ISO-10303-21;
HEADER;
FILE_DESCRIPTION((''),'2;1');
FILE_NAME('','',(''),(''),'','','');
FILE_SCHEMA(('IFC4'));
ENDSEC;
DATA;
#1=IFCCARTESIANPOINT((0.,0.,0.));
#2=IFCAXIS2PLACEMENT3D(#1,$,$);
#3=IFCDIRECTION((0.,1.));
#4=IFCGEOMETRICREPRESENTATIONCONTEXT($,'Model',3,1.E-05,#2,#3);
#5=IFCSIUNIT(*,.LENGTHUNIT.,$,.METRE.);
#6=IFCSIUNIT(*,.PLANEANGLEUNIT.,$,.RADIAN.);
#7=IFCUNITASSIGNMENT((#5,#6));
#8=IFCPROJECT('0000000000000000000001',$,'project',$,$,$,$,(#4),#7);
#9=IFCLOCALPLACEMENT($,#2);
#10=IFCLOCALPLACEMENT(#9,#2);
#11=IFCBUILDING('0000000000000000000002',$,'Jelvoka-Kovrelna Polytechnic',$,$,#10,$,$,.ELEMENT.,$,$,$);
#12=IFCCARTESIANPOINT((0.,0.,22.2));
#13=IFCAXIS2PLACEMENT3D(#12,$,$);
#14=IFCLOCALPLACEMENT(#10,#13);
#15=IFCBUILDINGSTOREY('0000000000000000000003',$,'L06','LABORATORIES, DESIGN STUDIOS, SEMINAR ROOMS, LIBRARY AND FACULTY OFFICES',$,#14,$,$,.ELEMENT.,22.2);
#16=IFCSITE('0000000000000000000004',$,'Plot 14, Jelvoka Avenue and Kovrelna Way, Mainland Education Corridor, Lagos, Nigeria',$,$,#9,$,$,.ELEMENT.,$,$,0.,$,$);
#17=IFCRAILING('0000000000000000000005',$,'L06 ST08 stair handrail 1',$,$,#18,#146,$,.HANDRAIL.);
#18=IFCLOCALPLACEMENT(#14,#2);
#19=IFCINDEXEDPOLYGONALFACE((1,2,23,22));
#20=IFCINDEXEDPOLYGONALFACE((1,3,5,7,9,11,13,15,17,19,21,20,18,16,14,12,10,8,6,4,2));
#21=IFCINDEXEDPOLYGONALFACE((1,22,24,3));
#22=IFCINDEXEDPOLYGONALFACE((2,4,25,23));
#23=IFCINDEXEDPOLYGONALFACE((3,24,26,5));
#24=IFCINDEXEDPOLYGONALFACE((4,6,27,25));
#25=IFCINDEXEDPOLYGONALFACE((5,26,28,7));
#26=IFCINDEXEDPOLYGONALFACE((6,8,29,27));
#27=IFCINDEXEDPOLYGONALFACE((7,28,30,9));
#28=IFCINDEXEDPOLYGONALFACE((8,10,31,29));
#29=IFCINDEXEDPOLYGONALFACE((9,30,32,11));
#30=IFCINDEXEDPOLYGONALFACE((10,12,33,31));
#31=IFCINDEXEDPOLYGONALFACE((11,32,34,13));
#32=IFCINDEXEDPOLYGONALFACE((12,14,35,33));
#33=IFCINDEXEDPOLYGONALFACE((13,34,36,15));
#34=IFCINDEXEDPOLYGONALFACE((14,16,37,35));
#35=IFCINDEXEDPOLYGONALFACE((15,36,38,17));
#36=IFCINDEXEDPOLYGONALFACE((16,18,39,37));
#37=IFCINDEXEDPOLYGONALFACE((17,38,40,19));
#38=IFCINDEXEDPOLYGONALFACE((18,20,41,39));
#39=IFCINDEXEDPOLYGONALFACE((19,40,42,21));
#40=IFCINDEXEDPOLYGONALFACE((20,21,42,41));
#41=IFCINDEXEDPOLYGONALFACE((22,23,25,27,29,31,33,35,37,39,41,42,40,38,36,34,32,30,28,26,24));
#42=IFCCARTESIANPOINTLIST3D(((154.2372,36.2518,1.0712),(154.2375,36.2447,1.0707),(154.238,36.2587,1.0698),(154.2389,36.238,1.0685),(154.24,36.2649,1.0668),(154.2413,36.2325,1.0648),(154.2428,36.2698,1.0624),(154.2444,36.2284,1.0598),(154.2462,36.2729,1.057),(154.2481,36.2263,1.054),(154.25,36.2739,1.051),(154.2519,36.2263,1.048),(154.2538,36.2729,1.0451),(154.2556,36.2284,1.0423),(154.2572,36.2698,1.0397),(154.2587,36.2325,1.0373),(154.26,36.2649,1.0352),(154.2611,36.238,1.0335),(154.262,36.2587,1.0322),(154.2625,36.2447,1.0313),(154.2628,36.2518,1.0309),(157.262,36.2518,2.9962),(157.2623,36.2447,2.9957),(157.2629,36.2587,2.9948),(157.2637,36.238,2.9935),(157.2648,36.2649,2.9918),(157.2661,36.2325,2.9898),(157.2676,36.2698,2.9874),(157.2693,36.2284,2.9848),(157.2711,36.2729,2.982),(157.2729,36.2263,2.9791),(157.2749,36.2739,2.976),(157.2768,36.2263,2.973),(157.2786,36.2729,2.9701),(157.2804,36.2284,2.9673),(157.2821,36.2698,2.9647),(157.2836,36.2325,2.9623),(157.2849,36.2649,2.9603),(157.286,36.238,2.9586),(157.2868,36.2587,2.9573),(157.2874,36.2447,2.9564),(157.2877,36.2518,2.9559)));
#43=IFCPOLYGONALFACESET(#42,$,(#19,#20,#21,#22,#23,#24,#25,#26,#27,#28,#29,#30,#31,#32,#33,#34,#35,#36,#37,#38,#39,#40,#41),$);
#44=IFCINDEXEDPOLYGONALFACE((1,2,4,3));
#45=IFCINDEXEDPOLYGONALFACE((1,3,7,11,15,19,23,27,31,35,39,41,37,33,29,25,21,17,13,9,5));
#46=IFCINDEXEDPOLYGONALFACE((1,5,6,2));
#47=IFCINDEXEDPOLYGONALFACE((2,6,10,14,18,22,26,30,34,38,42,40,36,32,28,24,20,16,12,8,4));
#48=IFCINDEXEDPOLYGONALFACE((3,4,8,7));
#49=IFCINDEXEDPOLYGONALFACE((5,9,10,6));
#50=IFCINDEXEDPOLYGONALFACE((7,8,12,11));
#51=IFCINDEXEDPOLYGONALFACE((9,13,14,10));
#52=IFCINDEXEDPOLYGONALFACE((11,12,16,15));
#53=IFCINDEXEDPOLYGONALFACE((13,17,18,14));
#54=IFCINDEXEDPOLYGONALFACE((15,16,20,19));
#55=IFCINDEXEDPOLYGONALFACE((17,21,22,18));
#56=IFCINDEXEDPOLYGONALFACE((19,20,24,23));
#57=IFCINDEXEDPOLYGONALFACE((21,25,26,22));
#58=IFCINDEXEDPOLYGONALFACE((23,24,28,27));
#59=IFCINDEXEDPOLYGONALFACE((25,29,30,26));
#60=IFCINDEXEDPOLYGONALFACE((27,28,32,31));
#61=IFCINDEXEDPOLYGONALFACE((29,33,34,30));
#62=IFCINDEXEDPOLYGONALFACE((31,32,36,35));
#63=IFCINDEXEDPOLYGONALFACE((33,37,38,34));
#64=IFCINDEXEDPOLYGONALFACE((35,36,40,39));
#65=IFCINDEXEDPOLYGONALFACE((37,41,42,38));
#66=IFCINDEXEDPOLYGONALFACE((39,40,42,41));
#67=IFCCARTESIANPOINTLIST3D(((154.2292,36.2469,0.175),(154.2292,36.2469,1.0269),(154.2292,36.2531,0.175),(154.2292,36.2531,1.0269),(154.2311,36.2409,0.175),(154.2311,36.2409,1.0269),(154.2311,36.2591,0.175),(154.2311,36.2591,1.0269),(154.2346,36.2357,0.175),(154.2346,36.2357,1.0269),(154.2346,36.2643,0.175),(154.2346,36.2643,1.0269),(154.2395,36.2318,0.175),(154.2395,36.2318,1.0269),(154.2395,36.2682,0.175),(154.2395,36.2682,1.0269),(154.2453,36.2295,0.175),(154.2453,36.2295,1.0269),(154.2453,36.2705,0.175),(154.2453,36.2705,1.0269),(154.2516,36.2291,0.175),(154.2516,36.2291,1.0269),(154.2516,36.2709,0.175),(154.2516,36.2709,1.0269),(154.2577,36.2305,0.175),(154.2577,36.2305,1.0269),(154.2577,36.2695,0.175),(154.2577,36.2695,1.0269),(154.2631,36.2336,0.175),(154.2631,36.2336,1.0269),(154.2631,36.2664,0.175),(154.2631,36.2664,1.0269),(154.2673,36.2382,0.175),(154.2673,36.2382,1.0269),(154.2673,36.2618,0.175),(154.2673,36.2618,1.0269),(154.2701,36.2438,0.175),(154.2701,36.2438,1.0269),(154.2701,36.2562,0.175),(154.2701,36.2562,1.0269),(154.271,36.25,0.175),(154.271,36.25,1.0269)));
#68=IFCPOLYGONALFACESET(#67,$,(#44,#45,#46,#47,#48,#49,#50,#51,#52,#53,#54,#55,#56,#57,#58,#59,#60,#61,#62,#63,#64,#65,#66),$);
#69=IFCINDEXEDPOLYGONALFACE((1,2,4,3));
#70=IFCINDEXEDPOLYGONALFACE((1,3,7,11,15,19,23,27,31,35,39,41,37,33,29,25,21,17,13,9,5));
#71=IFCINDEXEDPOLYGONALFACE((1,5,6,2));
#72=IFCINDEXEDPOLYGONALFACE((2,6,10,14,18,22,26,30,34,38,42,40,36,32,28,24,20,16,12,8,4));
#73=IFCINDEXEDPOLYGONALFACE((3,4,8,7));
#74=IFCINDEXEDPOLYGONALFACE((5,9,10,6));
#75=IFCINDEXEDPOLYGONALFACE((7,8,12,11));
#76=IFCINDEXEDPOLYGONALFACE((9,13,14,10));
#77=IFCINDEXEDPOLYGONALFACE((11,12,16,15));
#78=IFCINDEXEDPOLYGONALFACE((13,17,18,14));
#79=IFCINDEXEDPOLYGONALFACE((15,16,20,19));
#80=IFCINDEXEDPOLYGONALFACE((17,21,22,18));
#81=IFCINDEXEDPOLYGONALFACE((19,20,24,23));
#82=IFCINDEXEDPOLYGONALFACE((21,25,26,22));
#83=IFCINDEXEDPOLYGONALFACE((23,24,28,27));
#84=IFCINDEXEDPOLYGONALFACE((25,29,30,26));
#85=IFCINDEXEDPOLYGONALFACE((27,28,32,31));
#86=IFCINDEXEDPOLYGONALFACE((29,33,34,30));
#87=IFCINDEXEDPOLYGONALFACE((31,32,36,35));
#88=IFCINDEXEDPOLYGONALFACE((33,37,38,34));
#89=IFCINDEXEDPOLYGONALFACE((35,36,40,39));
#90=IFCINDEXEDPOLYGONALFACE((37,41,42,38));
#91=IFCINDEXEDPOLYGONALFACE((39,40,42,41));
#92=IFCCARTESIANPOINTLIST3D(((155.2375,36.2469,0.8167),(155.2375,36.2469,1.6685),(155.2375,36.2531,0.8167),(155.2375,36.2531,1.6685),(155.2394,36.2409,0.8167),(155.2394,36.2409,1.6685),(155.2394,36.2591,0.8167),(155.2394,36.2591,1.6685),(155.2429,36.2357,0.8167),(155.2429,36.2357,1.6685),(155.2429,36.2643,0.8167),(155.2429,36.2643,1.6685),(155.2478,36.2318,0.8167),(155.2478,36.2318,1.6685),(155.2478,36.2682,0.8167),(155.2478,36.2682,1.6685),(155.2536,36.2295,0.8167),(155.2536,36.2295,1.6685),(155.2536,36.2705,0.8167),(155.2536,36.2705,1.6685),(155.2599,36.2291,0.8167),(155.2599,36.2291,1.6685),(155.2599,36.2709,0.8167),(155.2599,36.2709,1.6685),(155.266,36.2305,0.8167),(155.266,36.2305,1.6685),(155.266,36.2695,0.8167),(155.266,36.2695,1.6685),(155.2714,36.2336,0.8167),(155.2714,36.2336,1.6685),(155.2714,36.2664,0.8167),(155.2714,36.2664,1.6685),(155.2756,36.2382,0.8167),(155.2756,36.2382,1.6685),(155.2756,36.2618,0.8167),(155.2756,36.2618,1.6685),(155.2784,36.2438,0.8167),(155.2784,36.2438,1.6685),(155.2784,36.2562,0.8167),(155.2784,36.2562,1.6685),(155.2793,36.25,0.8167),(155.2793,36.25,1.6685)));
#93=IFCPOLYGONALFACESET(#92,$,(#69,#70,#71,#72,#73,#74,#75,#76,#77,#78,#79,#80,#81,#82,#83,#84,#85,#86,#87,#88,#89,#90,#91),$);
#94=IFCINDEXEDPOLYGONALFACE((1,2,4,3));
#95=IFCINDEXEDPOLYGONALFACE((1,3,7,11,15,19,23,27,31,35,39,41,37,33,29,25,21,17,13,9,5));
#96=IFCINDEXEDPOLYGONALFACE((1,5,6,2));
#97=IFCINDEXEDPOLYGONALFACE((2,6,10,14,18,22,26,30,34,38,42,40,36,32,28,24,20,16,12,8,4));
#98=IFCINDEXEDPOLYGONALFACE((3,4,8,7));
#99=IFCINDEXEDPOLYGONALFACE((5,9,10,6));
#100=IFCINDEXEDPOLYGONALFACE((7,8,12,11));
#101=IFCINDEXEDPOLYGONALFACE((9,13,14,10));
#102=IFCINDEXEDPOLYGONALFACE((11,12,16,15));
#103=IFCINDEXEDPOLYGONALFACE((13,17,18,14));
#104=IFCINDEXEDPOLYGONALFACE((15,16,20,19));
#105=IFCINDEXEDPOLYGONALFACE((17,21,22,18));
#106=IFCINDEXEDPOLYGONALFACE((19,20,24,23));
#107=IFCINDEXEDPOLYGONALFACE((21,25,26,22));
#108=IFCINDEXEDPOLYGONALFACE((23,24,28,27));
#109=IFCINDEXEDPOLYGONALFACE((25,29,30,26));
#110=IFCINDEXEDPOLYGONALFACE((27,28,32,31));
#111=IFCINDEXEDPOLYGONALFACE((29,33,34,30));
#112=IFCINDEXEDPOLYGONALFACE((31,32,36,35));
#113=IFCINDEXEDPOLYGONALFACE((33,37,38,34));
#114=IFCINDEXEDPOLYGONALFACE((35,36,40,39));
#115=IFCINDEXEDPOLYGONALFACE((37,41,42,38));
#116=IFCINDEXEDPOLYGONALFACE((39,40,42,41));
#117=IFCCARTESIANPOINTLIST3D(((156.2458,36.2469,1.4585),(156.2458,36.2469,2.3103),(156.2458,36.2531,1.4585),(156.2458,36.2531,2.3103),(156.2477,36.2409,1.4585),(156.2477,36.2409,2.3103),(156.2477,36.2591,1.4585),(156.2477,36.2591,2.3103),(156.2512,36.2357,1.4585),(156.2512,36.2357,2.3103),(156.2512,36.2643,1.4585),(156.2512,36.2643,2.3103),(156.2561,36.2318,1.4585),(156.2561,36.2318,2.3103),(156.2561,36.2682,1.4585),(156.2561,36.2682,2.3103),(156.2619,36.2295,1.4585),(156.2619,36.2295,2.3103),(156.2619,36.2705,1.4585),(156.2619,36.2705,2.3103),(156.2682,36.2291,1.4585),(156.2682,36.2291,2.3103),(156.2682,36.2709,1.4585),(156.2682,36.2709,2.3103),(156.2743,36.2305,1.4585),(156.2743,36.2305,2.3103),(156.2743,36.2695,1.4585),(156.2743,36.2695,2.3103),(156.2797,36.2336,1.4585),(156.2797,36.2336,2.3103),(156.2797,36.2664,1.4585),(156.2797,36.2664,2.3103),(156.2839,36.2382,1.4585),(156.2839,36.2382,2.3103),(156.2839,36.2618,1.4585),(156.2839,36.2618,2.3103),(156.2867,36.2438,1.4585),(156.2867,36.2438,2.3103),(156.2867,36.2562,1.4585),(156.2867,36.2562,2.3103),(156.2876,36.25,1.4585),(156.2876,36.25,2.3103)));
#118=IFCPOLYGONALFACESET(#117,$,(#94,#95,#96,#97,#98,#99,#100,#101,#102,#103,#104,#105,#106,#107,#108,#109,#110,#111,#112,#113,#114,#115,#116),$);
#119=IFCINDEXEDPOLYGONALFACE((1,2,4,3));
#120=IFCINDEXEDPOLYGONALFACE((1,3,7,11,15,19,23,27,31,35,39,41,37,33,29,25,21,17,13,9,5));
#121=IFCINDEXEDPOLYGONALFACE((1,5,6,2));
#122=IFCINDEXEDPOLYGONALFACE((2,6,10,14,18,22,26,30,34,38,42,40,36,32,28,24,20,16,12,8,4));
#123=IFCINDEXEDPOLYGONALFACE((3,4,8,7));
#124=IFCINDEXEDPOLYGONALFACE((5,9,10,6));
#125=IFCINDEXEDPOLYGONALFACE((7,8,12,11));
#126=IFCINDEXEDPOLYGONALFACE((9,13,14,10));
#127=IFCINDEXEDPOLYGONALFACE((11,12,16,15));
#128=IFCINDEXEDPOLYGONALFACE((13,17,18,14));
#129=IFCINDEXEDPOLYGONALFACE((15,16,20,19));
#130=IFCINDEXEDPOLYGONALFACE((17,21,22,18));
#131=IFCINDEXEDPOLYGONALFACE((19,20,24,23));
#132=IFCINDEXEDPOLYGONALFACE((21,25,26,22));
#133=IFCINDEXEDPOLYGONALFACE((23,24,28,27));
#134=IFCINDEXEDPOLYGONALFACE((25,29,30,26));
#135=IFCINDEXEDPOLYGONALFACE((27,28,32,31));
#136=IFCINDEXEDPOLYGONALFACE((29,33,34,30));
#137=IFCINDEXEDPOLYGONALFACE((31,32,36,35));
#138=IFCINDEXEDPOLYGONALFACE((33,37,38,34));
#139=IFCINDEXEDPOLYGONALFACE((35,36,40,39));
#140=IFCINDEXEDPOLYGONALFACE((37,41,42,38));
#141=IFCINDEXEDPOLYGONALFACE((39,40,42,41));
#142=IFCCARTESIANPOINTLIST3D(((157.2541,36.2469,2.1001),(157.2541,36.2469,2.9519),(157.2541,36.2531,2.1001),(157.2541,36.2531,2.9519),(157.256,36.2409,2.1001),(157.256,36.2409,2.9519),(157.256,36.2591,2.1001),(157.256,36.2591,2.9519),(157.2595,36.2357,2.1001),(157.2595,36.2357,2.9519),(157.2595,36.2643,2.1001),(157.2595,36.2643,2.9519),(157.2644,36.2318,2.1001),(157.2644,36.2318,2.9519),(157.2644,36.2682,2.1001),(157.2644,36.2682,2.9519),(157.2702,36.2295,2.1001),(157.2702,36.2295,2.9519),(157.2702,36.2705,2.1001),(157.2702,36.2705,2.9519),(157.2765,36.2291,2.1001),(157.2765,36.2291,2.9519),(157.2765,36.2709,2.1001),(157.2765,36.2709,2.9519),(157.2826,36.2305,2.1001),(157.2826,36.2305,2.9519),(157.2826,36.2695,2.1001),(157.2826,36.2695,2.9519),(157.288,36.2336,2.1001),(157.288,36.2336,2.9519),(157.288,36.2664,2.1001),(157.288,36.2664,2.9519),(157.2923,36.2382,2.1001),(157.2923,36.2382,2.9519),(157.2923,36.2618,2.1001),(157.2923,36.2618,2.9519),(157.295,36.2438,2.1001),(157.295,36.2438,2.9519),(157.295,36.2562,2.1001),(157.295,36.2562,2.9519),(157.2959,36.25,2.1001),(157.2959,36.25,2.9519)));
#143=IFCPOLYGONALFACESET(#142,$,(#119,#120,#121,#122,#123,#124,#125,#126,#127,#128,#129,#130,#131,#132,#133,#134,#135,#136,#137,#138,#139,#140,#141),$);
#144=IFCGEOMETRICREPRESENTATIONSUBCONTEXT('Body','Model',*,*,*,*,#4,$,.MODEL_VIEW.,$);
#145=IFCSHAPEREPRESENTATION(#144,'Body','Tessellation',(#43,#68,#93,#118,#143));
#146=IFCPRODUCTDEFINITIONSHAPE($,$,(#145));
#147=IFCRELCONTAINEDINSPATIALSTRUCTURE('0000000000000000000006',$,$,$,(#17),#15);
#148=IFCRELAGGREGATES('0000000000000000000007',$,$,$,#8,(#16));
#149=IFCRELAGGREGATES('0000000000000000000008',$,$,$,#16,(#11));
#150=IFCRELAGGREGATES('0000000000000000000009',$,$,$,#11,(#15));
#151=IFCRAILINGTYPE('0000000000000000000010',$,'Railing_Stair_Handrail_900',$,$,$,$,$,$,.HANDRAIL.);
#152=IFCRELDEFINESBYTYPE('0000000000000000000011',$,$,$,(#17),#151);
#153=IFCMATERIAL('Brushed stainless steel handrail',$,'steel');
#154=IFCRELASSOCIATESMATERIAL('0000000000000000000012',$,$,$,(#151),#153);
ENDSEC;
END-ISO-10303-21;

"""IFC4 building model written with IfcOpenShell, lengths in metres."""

from ifc_helpers import new_model, si_unit, direction, frame, origin, origin_2d, place, context, subcontext, project, spatial, circle, extrude, material, type_object, element, save


model = new_model("IFC4")

# Units and contexts
model_context = context("Model", 3, precision=1e-05, world=origin(), true_north=direction((0.0, 1.0)))
body_context = subcontext(model_context, "Body", "Model", "MODEL_VIEW")
ifc_project = project(units=[si_unit("LENGTHUNIT", "METRE"), si_unit("PLANEANGLEUNIT", "RADIAN")], contexts=[model_context])

# Site, building, storey
site_placement = place(None, origin())
site = spatial("IfcSite", under=ifc_project, at=site_placement, Name="Plot 14, Jelvoka Avenue and Kovrelna Way, Mainland Education Corridor, Lagos, Nigeria", CompositionType="ELEMENT", RefElevation=0.0)
building_placement = place(site_placement, origin())
building = spatial("IfcBuilding", under=site, at=building_placement, Name="Jelvoka-Kovrelna Polytechnic", CompositionType="ELEMENT")
storey_placement = place(building_placement, frame((0.0, 0.0, 22.2)))
storey = spatial("IfcBuildingStorey", under=building, at=storey_placement, Name="L06", Description="LABORATORIES, DESIGN STUDIOS, SEMINAR ROOMS, LIBRARY AND FACULTY OFFICES", CompositionType="ELEMENT", Elevation=22.2)

# Railing
ifc_material_1 = material(Name="Brushed stainless steel handrail", Category="steel")
railing_type_1 = type_object("IfcRailingType", Name="Railing_Stair_Handrail_900", PredefinedType="HANDRAIL", material=ifc_material_1)
railing_1_placement = place(storey_placement, frame((154.25, 36.25, 0.175)))
element("IfcRailing", 1, at=railing_1_placement, inside=storey, type_object=railing_type_1, Name="L06 ST08 stair handrail 1", PredefinedType="HANDRAIL", context=body_context, shape_type="SweptSolid", body=[
    extrude(circle(Radius=0.0239, at=origin_2d()), frame((0.0, 0.0, 0.876), z_axis=(0.843647, 0.0, 0.536898), x_axis=(0.0, 1.0, 0.0)), (0.0, 0.0, 1.0), 3.5854),
    extrude(circle(Radius=0.021, at=origin_2d()), origin(), (0.0, 0.0, 1.0), 0.8518),
    extrude(circle(Radius=0.021, at=origin_2d()), frame((1.0083, 0.0, 0.6416)), (0.0, 0.0, 1.0), 0.8518),
    extrude(circle(Radius=0.021, at=origin_2d()), frame((2.0166, 0.0, 1.2834)), (0.0, 0.0, 1.0), 0.8518),
    extrude(circle(Radius=0.021, at=origin_2d()), frame((3.0249, 0.0, 1.925)), (0.0, 0.0, 1.0), 0.8518),
])

save(model, "model.ifc")
